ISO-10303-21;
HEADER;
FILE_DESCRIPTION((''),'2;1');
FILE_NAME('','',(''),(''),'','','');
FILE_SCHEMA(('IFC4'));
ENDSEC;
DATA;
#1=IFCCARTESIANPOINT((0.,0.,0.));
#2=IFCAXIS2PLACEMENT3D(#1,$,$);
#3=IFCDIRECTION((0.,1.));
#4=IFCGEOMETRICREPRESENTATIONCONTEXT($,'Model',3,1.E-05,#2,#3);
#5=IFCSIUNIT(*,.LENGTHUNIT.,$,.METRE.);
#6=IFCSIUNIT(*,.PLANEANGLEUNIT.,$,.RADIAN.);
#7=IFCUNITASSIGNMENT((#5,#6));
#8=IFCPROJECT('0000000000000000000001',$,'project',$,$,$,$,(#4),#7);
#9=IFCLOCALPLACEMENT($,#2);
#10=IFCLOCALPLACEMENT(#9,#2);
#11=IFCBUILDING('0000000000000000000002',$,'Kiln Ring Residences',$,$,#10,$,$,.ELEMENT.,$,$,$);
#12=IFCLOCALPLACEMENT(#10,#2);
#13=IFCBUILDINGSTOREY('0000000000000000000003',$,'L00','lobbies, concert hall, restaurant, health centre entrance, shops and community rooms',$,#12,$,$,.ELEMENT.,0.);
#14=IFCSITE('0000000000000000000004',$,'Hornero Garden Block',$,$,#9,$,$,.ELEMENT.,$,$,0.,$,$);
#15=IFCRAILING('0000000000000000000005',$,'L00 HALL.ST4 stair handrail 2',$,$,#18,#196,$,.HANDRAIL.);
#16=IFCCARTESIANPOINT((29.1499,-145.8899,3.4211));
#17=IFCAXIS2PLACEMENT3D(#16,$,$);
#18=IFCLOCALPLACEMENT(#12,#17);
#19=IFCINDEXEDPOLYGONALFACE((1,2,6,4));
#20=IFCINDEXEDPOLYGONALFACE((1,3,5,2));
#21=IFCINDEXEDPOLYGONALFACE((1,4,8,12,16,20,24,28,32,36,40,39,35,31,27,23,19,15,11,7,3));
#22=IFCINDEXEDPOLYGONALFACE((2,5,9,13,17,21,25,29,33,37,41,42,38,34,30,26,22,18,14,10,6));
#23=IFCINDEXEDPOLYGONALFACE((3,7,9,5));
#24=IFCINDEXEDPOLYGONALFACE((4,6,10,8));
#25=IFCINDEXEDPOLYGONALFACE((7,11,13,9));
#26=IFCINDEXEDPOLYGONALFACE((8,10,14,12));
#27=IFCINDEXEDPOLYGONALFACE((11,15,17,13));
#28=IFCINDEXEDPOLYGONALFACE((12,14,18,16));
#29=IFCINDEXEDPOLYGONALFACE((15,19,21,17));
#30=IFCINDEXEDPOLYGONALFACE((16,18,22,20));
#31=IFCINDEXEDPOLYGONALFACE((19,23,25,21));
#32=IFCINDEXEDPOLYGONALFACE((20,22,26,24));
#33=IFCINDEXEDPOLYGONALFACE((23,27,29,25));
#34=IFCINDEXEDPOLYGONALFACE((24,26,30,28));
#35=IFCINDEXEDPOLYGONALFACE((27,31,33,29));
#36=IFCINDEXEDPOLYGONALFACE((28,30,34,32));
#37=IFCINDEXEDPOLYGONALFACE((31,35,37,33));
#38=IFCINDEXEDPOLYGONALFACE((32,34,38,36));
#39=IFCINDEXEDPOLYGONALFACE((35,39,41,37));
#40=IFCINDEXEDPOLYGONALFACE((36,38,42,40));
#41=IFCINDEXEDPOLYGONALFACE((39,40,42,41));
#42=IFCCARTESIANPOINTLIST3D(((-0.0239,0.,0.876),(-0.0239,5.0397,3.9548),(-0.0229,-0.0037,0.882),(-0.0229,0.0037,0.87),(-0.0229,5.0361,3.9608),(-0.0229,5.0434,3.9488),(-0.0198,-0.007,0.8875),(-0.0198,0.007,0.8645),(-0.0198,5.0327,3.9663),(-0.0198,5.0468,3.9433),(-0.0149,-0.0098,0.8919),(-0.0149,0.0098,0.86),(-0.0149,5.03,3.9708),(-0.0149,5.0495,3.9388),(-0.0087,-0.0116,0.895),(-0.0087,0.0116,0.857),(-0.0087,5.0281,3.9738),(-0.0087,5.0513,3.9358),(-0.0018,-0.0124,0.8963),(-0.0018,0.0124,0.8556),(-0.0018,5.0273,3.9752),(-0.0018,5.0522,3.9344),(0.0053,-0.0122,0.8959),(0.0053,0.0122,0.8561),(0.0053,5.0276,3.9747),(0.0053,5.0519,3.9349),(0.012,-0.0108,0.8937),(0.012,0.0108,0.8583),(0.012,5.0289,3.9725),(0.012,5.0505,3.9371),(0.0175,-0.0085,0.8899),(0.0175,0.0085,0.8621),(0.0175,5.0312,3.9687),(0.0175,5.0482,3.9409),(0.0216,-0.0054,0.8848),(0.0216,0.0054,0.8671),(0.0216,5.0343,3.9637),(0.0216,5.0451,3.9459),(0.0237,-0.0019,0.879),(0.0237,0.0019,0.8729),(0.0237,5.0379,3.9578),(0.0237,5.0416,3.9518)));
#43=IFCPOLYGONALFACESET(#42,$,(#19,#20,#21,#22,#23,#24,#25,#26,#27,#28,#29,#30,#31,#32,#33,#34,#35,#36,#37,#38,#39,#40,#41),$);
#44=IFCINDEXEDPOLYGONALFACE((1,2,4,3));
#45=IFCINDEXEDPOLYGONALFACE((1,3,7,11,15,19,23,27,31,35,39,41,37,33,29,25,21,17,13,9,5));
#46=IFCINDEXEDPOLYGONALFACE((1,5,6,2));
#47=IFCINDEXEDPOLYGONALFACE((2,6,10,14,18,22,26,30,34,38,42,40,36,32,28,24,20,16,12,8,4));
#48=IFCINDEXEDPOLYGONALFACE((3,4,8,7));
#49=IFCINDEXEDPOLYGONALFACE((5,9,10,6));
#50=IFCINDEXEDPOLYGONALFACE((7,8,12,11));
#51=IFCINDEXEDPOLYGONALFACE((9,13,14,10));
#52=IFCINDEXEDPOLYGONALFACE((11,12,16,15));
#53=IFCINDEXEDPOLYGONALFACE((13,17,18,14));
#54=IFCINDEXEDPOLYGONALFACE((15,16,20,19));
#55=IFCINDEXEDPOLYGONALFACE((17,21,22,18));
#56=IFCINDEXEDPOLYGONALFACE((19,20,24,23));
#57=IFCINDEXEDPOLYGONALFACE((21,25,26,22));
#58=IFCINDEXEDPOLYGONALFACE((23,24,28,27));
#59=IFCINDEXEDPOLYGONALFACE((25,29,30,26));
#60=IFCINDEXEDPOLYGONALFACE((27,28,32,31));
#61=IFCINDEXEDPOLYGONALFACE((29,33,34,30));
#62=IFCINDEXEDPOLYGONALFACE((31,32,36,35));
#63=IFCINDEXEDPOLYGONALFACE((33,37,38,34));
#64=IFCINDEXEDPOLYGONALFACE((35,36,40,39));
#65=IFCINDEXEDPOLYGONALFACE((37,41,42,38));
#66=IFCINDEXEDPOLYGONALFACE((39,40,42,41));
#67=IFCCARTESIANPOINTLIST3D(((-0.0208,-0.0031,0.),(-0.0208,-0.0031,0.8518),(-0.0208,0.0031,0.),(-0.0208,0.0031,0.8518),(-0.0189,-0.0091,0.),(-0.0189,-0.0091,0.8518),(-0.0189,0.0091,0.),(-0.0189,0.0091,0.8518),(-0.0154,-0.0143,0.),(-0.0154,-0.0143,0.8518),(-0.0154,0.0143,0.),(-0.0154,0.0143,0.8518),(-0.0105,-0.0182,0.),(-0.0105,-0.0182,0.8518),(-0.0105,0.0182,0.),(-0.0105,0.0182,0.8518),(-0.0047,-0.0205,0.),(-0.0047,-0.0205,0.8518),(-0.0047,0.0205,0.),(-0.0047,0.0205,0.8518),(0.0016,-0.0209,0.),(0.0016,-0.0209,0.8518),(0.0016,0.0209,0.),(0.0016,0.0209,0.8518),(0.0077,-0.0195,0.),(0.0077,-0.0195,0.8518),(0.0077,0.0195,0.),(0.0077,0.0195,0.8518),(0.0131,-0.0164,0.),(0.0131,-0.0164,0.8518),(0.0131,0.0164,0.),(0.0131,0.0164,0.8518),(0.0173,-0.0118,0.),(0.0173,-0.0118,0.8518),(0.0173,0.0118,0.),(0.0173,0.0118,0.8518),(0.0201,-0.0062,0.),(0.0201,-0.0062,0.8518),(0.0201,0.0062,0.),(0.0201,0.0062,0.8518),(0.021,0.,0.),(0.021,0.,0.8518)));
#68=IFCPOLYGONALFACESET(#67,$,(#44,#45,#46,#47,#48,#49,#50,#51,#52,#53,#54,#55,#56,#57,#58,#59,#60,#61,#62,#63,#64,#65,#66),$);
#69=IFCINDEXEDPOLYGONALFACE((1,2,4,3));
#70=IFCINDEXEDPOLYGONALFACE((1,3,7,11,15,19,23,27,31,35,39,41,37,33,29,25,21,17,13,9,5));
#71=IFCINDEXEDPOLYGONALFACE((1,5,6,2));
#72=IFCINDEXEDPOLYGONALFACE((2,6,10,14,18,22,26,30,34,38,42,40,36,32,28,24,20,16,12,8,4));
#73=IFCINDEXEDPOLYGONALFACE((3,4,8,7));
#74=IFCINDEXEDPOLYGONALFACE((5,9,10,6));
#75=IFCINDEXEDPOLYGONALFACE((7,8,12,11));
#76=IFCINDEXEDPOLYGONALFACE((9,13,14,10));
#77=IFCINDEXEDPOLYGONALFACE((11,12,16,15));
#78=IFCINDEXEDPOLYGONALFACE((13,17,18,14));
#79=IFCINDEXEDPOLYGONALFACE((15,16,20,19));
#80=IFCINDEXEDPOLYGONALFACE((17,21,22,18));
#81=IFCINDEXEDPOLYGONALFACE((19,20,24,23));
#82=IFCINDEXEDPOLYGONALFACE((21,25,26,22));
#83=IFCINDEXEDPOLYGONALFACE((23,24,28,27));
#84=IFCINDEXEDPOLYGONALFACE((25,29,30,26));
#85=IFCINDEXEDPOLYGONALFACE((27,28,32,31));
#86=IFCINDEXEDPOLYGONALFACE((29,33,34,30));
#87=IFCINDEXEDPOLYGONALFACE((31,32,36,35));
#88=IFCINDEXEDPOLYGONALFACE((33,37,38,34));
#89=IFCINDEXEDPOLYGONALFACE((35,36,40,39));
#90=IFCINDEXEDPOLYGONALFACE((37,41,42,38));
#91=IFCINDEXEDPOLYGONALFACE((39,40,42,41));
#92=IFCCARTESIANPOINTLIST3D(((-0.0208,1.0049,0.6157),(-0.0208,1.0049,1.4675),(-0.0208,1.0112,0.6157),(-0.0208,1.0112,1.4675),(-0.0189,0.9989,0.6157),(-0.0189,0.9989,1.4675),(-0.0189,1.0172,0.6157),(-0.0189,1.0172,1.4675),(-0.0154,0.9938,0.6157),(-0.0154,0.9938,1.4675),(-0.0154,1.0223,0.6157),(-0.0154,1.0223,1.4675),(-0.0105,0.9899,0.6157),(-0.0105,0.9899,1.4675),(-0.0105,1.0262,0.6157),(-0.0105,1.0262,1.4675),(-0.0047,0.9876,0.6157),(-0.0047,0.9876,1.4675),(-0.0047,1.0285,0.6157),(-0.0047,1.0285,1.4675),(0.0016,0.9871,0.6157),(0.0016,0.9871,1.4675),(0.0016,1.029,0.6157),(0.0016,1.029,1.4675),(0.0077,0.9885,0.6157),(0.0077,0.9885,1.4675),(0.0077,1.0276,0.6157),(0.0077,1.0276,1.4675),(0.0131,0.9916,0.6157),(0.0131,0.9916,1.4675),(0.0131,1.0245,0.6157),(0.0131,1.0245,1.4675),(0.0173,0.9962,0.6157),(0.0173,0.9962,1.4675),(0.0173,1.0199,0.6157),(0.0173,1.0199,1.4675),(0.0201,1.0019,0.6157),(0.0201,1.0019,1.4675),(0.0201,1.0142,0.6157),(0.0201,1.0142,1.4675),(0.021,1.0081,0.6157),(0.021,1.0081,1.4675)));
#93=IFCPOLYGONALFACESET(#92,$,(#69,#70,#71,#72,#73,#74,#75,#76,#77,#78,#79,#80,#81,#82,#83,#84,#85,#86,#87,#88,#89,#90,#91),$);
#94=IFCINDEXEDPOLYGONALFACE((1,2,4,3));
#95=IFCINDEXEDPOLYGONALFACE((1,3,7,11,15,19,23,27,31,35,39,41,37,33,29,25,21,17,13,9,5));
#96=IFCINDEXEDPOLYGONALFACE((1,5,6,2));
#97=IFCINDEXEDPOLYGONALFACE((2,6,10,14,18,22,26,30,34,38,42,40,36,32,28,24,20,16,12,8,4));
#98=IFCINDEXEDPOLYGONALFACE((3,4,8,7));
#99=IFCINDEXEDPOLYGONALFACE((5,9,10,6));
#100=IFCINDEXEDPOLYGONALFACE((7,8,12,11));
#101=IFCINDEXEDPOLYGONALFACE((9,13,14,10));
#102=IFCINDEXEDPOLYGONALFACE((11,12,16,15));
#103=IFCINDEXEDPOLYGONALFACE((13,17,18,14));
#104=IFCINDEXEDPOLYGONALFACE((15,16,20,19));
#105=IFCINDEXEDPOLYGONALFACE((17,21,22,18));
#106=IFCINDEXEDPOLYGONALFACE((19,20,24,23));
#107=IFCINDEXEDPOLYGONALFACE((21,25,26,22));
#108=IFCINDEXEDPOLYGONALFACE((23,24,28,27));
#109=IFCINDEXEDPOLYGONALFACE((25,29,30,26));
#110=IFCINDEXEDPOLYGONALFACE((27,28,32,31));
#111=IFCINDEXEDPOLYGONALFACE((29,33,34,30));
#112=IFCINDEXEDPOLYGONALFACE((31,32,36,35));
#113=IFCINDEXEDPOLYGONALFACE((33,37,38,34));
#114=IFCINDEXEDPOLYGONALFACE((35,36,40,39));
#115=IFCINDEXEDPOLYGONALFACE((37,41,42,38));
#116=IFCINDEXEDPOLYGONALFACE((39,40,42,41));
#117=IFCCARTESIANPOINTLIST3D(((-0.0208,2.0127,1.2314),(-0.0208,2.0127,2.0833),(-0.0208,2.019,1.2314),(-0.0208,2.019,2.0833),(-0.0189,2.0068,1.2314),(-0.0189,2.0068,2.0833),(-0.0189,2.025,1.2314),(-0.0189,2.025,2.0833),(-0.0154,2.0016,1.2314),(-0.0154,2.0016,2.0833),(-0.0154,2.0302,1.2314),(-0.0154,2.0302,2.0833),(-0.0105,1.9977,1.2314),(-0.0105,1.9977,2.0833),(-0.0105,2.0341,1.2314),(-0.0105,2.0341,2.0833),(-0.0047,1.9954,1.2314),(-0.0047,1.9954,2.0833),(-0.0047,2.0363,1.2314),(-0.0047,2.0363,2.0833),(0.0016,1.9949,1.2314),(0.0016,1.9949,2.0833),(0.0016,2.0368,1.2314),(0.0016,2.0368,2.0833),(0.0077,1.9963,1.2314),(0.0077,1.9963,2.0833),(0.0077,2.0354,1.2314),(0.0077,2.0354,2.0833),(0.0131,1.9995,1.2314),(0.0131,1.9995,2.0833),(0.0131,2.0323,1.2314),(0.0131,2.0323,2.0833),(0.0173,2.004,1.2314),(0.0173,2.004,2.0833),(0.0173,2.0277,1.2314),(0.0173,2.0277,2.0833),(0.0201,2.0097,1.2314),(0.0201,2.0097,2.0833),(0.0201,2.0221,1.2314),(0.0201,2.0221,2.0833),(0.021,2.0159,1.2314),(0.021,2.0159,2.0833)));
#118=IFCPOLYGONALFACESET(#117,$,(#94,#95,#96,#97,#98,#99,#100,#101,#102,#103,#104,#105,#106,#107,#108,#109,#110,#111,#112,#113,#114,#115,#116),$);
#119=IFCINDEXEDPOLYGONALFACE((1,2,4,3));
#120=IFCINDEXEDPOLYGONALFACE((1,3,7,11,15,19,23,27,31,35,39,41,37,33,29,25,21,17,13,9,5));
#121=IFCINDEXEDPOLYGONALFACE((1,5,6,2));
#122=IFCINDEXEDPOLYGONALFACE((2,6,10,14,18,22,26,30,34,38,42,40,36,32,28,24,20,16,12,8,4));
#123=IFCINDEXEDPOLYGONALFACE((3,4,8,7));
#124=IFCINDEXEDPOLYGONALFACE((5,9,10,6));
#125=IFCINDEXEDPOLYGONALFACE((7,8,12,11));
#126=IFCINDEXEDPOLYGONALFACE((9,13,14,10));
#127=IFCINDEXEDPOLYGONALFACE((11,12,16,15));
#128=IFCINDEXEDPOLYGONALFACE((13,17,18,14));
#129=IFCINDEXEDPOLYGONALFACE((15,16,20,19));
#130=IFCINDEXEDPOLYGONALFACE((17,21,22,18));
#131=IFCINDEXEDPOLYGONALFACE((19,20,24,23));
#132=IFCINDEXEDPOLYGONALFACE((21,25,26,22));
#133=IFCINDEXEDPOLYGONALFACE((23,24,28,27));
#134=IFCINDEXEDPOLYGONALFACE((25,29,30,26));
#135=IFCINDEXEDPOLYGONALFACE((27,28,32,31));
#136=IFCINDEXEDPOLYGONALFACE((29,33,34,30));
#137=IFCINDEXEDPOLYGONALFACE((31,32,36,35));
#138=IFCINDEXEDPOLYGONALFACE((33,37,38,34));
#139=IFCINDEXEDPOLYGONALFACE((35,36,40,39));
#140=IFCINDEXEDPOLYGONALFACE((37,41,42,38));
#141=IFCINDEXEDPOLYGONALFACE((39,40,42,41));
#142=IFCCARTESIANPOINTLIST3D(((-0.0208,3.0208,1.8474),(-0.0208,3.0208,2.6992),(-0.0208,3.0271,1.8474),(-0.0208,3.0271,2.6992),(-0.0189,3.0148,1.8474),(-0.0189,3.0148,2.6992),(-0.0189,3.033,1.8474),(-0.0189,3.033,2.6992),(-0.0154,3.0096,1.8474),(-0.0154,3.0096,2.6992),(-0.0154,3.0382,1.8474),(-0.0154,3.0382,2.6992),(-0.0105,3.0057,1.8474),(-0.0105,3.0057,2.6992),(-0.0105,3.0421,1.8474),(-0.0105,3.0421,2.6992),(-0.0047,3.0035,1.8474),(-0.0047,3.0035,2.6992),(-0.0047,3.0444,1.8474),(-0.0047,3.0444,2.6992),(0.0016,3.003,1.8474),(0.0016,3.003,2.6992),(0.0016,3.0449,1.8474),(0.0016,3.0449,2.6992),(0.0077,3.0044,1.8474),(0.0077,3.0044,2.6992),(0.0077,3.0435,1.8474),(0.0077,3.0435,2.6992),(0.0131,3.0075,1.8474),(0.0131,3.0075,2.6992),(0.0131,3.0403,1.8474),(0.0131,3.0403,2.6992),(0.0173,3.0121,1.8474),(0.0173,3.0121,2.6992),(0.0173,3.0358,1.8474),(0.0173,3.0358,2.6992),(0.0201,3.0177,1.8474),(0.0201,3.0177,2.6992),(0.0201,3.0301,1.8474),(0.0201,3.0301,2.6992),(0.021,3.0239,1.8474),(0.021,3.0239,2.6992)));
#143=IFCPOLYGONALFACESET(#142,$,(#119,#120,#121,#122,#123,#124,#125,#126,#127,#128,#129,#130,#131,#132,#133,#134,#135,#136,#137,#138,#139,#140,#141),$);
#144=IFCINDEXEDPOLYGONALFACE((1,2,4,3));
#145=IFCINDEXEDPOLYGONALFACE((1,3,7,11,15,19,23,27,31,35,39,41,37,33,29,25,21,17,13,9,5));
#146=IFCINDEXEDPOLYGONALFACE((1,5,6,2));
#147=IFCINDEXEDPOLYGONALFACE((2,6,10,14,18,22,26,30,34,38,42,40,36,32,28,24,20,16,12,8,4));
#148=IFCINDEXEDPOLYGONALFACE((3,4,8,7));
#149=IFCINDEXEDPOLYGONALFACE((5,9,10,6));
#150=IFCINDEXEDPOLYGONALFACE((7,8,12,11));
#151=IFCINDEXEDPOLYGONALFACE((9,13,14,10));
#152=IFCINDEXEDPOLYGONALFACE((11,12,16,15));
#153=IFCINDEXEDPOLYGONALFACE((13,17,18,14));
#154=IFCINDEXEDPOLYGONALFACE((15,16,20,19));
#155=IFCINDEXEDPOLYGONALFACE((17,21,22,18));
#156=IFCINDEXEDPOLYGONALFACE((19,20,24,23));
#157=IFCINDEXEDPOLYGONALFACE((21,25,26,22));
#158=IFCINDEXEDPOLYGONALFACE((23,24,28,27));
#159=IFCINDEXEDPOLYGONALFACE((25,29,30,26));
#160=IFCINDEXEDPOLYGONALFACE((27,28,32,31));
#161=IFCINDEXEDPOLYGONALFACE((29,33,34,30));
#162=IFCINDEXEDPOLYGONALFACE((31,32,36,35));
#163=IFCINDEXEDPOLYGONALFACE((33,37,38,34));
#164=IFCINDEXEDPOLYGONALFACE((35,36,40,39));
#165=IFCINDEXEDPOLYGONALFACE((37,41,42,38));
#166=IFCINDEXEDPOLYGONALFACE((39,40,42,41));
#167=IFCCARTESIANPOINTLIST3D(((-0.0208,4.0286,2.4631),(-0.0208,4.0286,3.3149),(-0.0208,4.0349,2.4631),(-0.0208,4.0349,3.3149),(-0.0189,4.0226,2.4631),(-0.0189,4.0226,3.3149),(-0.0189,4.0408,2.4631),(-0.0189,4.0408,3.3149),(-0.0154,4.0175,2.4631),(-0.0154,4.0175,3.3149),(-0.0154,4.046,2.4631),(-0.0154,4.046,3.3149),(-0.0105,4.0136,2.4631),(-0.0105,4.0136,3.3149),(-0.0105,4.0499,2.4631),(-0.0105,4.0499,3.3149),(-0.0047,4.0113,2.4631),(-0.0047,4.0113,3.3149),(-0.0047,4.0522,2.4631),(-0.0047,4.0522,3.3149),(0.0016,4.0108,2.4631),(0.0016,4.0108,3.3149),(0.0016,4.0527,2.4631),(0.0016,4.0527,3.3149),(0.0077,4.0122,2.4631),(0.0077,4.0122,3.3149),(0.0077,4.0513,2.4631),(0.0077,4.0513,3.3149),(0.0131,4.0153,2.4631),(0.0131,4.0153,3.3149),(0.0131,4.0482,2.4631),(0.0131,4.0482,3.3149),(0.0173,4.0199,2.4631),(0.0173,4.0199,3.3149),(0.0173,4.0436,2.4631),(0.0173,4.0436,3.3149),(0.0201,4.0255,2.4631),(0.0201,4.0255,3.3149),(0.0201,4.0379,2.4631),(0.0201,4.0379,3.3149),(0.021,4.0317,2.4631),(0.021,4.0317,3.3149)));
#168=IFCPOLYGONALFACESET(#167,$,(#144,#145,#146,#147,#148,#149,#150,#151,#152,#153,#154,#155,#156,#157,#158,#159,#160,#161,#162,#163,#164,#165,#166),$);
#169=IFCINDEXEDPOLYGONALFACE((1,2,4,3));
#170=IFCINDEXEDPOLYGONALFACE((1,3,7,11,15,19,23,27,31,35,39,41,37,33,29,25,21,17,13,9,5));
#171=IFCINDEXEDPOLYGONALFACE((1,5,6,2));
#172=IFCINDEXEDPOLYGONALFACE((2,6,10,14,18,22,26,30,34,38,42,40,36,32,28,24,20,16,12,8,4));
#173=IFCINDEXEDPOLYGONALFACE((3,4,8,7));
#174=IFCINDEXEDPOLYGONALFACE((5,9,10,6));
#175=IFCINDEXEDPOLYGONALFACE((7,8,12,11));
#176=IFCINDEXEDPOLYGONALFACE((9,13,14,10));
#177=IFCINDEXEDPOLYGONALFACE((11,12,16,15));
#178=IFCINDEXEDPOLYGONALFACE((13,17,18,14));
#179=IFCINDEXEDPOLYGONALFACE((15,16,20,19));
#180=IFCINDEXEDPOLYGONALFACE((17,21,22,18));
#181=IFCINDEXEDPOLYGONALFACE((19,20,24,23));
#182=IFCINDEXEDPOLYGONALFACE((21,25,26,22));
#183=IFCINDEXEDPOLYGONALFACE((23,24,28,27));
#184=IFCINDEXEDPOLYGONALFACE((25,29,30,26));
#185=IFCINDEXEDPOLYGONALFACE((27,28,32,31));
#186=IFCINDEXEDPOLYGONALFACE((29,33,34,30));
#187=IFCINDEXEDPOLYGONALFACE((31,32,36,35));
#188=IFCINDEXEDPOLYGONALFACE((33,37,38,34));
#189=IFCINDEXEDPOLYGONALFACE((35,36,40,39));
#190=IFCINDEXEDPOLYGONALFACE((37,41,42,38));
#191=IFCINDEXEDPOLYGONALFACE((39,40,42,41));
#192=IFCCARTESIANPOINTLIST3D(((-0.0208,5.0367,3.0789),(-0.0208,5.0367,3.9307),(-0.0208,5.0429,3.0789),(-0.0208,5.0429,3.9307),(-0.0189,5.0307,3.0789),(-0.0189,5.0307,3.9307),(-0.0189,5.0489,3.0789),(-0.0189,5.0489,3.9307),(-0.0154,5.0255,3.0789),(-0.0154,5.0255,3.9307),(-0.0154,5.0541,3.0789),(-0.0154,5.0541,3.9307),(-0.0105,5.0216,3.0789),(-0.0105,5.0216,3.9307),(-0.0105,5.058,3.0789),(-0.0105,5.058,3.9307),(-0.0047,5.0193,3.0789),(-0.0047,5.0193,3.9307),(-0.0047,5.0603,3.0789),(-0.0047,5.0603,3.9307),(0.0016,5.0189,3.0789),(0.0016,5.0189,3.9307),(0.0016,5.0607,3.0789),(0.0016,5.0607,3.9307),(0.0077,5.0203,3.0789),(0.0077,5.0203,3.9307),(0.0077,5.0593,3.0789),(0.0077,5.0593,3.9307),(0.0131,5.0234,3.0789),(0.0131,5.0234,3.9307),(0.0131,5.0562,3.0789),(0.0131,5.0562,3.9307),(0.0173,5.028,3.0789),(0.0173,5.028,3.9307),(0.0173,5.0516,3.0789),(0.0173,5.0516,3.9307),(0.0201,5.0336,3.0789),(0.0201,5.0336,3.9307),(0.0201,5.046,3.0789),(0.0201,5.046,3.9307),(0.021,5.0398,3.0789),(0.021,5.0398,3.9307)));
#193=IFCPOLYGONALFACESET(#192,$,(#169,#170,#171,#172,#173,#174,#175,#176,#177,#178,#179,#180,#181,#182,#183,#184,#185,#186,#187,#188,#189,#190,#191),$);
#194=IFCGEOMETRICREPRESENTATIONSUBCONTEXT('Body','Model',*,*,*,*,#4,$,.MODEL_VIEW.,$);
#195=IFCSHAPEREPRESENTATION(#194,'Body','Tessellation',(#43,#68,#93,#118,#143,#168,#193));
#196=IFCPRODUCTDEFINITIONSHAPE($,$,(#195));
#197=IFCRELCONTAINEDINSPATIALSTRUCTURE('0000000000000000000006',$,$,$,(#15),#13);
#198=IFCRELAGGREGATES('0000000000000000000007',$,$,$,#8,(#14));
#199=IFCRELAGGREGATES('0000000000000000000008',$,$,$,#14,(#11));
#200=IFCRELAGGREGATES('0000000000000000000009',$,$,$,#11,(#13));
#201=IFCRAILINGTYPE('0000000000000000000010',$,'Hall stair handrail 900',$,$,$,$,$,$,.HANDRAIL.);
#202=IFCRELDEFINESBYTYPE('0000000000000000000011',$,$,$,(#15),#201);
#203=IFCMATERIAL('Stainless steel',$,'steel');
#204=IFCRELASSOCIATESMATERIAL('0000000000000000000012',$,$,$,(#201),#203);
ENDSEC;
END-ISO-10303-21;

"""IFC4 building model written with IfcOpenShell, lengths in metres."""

from ifc_helpers import new_model, si_unit, direction, frame, origin, origin_2d, place, context, subcontext, project, spatial, circle, extrude, material, type_object, element, save


model = new_model("IFC4")

# Units and contexts
model_context = context("Model", 3, precision=1e-05, world=origin(), true_north=direction((0.0, 1.0)))
body_context = subcontext(model_context, "Body", "Model", "MODEL_VIEW")
ifc_project = project(units=[si_unit("LENGTHUNIT", "METRE"), si_unit("PLANEANGLEUNIT", "RADIAN")], contexts=[model_context])

# Site, building, storey
site_placement = place(None, origin())
site = spatial("IfcSite", under=ifc_project, at=site_placement, Name="Hornero Garden Block", CompositionType="ELEMENT", RefElevation=0.0)
building_placement = place(site_placement, origin())
building = spatial("IfcBuilding", under=site, at=building_placement, Name="Kiln Ring Residences", CompositionType="ELEMENT")
storey_placement = place(building_placement, origin())
storey = spatial("IfcBuildingStorey", under=building, at=storey_placement, Name="L00", Description="lobbies, concert hall, restaurant, health centre entrance, shops and community rooms", CompositionType="ELEMENT", Elevation=0.0)

# Railing
ifc_material_1 = material(Name="Stainless steel", Category="steel")
railing_type_1 = type_object("IfcRailingType", Name="Hall stair handrail 900", PredefinedType="HANDRAIL", material=ifc_material_1)
railing_1_placement = place(storey_placement, frame((29.1499, -145.8899, 3.4211)))
element("IfcRailing", 1, at=railing_1_placement, inside=storey, type_object=railing_type_1, Name="L00 HALL.ST4 stair handrail 2", PredefinedType="HANDRAIL", context=body_context, shape_type="SweptSolid", body=[
    extrude(circle(Radius=0.0239, at=origin_2d()), frame((0.0, 0.0, 0.876), z_axis=(0.0, 0.853358, 0.521325), x_axis=(-1.0, 0.0, 0.0)), (0.0, 0.0, 1.0), 5.9058),
    extrude(circle(Radius=0.021, at=origin_2d()), origin(), (0.0, 0.0, 1.0), 0.8518),
    extrude(circle(Radius=0.021, at=origin_2d()), frame((0.0, 1.0081, 0.6157)), (0.0, 0.0, 1.0), 0.8518),
    extrude(circle(Radius=0.021, at=origin_2d()), frame((0.0, 2.0159, 1.2314)), (0.0, 0.0, 1.0), 0.8518),
    extrude(circle(Radius=0.021, at=origin_2d()), frame((0.0, 3.0239, 1.8474)), (0.0, 0.0, 1.0), 0.8518),
    extrude(circle(Radius=0.021, at=origin_2d()), frame((0.0, 4.0317, 2.4631)), (0.0, 0.0, 1.0), 0.8518),
    extrude(circle(Radius=0.021, at=origin_2d()), frame((0.0, 5.0398, 3.0789)), (0.0, 0.0, 1.0), 0.8518),
])

save(model, "model.ifc")
